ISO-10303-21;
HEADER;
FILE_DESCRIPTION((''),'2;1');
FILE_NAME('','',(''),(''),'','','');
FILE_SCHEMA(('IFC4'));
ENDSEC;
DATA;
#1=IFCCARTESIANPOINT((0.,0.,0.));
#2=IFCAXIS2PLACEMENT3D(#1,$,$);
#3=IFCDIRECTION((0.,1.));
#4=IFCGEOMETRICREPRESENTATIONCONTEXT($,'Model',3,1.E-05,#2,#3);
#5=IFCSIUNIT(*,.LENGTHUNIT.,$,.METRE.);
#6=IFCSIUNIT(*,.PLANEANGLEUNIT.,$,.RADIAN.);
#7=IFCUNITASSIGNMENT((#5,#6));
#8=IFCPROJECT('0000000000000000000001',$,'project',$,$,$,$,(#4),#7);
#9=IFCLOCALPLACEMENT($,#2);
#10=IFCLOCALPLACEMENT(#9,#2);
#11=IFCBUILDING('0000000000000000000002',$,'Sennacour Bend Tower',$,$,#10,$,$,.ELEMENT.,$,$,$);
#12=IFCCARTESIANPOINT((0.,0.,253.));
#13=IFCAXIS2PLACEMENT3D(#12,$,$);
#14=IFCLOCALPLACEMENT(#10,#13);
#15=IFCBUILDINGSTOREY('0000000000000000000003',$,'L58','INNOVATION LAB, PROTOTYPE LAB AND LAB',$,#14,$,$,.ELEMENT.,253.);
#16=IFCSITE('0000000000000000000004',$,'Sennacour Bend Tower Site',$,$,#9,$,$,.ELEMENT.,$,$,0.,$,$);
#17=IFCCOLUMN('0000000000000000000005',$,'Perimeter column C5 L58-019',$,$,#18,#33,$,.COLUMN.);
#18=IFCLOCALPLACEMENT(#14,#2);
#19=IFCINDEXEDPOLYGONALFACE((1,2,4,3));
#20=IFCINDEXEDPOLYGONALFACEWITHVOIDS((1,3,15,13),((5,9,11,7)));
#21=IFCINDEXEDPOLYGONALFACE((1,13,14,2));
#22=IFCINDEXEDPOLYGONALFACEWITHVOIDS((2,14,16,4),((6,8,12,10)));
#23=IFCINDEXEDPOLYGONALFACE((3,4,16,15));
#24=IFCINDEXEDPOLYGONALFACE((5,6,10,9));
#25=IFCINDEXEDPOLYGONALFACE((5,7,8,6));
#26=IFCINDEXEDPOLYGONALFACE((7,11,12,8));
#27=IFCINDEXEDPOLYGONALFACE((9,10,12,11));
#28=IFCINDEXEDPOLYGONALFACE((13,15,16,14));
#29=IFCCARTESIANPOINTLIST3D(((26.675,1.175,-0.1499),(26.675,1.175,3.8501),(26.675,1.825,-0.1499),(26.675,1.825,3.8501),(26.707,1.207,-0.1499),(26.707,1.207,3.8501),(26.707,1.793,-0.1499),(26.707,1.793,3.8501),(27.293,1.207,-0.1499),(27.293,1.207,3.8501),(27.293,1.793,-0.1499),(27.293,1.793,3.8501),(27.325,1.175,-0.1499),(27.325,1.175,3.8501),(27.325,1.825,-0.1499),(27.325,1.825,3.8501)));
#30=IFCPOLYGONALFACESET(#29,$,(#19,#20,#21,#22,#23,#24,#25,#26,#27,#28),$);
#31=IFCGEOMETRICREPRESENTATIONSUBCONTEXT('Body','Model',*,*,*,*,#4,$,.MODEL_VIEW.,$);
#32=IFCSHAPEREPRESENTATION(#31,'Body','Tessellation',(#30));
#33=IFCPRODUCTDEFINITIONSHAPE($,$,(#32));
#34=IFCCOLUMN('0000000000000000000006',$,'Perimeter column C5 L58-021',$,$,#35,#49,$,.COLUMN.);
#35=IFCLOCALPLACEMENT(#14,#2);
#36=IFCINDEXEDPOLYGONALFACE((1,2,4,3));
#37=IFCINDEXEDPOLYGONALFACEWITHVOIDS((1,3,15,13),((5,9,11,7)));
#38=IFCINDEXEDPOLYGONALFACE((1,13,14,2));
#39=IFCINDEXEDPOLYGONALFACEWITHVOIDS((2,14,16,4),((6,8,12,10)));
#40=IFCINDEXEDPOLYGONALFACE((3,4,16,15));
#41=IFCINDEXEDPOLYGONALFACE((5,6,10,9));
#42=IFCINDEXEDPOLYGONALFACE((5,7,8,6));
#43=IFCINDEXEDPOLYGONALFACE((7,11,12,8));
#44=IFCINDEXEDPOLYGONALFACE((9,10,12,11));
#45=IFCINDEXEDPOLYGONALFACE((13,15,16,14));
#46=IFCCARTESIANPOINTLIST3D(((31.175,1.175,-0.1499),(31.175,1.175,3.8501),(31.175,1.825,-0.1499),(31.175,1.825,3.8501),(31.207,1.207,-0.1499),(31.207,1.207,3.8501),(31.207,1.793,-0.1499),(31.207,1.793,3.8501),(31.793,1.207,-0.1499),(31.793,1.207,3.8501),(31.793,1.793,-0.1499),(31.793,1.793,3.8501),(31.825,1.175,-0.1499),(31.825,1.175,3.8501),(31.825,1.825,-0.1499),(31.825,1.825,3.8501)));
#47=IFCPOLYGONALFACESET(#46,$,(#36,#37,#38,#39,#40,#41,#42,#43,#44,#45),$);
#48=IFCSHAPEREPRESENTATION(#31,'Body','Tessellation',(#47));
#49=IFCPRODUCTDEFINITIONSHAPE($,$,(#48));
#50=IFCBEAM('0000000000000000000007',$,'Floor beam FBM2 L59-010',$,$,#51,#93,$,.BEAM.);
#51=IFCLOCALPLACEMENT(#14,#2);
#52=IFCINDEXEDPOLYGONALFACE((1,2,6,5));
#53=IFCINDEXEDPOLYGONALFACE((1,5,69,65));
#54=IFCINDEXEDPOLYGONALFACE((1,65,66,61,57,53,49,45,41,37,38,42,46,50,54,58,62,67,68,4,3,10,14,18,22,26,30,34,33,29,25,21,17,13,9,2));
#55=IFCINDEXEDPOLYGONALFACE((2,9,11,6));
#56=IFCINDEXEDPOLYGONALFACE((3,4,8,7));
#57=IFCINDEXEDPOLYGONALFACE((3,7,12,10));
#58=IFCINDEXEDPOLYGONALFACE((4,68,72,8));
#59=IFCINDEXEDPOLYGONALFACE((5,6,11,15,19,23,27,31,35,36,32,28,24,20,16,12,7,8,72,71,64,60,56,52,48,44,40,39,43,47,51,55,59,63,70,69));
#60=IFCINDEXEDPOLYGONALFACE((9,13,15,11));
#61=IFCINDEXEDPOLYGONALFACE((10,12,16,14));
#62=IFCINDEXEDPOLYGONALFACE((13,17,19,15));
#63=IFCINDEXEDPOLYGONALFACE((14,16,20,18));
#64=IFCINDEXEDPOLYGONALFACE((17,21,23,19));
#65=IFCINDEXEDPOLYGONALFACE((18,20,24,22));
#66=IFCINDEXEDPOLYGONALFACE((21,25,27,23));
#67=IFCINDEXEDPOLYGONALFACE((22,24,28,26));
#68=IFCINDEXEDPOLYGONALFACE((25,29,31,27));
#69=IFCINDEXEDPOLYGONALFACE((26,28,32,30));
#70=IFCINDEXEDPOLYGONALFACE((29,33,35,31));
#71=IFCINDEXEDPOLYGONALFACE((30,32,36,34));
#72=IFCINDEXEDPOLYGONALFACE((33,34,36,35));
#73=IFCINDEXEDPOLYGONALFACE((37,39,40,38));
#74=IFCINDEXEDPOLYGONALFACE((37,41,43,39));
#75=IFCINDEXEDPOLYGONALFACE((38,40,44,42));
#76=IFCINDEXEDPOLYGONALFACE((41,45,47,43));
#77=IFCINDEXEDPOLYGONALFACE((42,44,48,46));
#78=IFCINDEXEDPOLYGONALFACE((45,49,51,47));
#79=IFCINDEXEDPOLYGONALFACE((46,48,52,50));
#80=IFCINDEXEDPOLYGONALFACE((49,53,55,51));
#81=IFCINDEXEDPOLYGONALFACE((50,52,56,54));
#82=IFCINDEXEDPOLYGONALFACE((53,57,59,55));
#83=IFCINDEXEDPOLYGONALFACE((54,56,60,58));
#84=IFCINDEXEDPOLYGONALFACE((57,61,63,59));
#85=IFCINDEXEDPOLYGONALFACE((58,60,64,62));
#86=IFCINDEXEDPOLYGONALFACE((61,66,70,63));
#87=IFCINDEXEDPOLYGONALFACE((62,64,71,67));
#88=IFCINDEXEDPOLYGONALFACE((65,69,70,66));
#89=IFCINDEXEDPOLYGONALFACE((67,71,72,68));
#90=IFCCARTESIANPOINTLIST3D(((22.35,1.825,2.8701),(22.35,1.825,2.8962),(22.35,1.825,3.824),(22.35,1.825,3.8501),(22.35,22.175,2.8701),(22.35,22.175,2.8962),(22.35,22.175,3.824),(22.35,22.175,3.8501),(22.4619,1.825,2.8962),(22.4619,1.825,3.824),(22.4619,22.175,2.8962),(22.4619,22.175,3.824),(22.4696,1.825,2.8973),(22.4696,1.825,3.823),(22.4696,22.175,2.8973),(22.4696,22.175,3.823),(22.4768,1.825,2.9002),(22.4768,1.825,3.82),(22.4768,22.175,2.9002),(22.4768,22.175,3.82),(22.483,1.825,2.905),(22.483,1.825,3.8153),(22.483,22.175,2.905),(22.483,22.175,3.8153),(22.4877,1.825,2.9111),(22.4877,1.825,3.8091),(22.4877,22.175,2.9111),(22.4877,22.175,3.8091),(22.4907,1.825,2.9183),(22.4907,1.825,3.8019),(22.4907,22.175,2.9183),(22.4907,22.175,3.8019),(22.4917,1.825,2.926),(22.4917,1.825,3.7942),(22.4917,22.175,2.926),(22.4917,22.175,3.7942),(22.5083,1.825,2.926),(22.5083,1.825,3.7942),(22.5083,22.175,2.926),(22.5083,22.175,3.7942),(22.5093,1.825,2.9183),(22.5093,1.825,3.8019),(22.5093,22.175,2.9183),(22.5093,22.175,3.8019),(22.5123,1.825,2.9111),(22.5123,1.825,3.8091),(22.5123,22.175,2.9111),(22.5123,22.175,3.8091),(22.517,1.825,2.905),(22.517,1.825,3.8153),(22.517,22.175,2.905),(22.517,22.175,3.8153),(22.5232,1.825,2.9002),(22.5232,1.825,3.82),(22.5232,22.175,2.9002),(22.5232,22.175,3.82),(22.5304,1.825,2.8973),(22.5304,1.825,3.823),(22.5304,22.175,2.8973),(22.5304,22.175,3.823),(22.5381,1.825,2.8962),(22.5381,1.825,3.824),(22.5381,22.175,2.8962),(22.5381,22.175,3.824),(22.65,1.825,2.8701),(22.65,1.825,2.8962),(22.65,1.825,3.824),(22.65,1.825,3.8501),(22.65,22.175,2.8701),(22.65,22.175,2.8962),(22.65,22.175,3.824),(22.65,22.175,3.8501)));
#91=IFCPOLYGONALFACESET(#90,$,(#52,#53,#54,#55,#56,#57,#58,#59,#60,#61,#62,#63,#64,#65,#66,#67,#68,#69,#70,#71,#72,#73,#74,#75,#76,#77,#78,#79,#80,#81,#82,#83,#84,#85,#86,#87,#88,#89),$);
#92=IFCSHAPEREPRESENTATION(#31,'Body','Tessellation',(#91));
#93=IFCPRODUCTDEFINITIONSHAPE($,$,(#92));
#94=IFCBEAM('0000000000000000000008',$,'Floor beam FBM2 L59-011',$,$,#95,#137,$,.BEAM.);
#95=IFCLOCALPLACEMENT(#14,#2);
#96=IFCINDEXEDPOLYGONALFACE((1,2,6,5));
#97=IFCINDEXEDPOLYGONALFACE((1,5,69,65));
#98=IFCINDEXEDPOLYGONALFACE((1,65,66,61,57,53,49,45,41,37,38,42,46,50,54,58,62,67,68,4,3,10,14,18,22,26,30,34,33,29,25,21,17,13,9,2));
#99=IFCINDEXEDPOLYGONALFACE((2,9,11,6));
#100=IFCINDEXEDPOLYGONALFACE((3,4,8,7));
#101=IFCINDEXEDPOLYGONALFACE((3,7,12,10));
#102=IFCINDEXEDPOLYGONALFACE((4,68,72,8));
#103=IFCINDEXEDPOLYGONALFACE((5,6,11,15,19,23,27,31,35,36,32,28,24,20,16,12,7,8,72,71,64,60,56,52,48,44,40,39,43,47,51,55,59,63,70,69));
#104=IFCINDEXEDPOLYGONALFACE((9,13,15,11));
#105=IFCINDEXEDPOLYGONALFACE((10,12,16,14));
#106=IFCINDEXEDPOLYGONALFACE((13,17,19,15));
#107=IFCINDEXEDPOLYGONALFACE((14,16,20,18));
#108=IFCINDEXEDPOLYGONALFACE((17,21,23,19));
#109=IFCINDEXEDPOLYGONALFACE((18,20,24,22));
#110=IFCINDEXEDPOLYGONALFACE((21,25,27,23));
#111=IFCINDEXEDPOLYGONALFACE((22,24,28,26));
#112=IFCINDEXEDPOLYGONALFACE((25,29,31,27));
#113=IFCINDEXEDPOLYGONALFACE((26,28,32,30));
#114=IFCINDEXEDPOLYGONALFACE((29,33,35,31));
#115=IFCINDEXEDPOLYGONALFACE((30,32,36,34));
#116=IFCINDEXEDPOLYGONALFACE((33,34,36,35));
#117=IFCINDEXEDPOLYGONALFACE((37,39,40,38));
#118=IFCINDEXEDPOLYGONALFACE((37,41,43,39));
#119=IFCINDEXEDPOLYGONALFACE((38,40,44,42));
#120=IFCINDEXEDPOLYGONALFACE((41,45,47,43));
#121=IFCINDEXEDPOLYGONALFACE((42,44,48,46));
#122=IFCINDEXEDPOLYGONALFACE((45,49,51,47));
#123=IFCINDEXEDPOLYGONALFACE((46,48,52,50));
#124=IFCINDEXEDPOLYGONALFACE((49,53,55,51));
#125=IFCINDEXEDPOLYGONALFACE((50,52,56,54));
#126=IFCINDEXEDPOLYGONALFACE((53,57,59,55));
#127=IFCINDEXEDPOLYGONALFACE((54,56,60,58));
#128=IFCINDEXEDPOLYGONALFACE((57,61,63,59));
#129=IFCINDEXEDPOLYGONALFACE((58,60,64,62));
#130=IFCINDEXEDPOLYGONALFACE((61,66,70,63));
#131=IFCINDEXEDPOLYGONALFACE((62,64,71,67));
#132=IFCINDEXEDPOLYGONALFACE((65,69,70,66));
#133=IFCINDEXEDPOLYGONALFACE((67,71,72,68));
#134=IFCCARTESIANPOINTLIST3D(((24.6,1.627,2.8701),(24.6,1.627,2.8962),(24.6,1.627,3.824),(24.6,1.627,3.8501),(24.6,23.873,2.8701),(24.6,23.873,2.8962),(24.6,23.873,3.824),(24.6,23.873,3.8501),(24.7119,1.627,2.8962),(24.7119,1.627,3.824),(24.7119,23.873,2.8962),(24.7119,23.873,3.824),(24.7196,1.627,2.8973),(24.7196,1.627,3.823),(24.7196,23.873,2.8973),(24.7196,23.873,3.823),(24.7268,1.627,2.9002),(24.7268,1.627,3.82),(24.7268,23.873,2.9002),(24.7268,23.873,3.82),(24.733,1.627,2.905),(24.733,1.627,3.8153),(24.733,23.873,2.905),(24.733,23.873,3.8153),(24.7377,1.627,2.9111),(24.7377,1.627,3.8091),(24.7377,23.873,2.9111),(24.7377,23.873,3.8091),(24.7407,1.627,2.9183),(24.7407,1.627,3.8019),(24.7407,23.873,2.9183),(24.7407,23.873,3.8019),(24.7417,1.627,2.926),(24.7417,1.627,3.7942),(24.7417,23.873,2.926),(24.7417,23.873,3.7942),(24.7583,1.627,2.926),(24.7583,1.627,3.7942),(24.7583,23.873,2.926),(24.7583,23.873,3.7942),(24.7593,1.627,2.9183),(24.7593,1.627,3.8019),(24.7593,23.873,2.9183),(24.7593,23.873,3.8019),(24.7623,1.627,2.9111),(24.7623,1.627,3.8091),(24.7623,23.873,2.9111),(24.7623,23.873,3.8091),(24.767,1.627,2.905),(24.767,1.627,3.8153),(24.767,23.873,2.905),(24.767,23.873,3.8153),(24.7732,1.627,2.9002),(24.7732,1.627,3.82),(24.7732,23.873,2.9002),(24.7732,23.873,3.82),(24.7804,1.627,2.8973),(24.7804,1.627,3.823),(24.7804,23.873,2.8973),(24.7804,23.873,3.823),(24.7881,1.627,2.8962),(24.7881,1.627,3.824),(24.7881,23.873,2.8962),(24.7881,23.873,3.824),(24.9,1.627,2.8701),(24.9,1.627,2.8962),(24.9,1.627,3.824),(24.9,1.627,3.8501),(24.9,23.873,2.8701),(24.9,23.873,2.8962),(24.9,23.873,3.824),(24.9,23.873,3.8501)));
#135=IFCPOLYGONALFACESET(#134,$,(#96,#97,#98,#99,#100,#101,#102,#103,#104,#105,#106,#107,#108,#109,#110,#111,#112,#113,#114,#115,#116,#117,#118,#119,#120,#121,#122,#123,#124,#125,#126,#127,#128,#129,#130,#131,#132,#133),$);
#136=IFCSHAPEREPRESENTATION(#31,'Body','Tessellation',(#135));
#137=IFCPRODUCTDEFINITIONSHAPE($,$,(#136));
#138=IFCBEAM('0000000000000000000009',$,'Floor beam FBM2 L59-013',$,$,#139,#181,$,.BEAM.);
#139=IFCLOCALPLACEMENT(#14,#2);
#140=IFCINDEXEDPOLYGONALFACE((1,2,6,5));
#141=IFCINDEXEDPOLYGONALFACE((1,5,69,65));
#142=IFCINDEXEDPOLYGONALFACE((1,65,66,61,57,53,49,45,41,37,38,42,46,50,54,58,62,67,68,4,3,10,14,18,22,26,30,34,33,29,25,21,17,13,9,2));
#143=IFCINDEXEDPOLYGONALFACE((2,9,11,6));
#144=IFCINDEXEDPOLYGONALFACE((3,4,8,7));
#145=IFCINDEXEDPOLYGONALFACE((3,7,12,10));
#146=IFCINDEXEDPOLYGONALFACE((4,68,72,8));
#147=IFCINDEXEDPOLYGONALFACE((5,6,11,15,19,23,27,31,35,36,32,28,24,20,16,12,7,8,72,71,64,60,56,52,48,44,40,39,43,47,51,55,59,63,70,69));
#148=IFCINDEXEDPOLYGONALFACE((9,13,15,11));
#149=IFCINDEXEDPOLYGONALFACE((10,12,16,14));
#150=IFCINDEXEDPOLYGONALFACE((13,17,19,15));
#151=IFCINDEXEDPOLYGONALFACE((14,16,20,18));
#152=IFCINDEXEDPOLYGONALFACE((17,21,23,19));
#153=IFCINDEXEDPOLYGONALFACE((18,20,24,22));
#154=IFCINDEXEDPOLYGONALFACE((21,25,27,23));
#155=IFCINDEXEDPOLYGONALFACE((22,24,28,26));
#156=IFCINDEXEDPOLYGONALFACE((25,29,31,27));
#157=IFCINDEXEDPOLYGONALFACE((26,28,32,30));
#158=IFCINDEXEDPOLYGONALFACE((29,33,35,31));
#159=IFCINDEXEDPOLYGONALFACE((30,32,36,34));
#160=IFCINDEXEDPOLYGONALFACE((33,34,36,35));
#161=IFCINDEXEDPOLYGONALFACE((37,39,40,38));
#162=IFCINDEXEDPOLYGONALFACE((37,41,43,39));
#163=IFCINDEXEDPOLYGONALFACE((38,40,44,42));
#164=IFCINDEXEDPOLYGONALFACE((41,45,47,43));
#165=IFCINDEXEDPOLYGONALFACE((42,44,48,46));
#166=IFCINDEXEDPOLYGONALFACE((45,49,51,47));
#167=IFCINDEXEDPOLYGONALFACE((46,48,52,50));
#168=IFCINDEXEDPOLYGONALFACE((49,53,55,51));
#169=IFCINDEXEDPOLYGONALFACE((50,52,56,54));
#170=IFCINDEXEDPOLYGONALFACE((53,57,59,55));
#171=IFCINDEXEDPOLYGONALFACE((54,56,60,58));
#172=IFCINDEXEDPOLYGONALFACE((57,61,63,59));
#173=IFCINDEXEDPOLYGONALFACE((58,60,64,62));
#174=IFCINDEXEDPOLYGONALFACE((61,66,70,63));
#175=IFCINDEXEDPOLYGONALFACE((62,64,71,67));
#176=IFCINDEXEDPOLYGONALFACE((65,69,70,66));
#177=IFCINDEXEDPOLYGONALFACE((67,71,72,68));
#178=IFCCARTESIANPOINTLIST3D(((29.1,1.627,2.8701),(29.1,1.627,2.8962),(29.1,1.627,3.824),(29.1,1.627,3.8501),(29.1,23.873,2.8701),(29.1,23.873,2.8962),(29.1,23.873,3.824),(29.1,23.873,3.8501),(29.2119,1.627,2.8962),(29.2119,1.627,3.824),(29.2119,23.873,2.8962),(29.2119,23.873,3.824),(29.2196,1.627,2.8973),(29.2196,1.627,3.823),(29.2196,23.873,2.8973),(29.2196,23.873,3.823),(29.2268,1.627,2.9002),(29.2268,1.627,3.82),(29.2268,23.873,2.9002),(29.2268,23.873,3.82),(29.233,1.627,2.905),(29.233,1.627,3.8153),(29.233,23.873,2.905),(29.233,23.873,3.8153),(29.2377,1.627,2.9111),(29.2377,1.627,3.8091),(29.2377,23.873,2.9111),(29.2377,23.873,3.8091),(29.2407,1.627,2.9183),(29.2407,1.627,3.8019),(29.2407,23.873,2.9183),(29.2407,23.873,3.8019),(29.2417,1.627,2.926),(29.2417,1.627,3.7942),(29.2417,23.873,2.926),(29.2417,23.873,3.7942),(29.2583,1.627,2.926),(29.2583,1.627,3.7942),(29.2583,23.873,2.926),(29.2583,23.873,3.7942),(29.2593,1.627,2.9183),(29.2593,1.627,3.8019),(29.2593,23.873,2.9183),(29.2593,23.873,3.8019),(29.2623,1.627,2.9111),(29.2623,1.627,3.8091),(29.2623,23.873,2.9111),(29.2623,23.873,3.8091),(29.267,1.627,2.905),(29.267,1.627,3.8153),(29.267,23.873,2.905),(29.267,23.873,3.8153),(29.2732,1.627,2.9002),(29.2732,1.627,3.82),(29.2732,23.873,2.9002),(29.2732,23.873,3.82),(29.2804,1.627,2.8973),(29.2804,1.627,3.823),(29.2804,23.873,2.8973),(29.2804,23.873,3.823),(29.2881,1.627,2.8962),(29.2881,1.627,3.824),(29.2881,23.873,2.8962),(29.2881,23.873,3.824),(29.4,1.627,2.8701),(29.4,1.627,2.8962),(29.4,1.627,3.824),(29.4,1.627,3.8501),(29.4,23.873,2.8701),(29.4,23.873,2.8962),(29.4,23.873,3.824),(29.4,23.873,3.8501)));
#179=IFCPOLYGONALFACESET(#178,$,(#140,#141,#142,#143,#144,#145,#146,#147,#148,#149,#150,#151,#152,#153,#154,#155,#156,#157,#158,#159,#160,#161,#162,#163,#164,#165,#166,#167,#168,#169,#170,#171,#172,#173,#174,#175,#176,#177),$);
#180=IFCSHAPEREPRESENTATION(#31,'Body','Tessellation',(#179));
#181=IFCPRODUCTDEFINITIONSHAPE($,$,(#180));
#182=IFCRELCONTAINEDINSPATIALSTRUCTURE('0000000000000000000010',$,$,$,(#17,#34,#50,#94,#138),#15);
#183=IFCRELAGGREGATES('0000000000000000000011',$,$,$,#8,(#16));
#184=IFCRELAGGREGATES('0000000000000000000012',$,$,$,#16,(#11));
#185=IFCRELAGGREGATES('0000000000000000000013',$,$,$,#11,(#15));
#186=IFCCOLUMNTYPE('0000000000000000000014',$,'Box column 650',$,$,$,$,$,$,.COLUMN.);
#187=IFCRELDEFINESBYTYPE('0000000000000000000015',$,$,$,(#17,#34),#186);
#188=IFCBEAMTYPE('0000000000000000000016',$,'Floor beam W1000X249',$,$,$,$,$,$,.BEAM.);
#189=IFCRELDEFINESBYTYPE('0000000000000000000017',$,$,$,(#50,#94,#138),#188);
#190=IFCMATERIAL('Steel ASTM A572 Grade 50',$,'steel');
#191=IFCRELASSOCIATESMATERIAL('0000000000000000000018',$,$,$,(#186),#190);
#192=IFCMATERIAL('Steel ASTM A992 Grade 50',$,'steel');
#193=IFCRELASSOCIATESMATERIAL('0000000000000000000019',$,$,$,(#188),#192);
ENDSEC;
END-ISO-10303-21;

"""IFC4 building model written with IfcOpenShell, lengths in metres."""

from ifc_helpers import new_model, si_unit, direction, frame, origin, origin_2d, place, context, subcontext, project, spatial, hollow_rectangle, i_section, extrude, material, material_profile, profile_set, type_object, element, save


model = new_model("IFC4")

# Units and contexts
model_context = context("Model", 3, precision=1e-05, world=origin(), true_north=direction((0.0, 1.0)))
body_context = subcontext(model_context, "Body", "Model", "MODEL_VIEW")
ifc_project = project(units=[si_unit("LENGTHUNIT", "METRE"), si_unit("PLANEANGLEUNIT", "RADIAN")], contexts=[model_context])

# Site, building, storey
site_placement = place(None, origin())
site = spatial("IfcSite", under=ifc_project, at=site_placement, Name="Sennacour Bend Tower Site", CompositionType="ELEMENT", RefElevation=0.0)
building_placement = place(site_placement, origin())
building = spatial("IfcBuilding", under=site, at=building_placement, Name="Sennacour Bend Tower", CompositionType="ELEMENT")
storey_placement = place(building_placement, frame((0.0, 0.0, 253.0)))
storey = spatial("IfcBuildingStorey", under=building, at=storey_placement, Name="L58", Description="INNOVATION LAB, PROTOTYPE LAB AND LAB", CompositionType="ELEMENT", Elevation=253.0)

# Columns
ifc_material_1 = material(Name="Steel ASTM A572 Grade 50", Category="steel")
ifc_material_profile_1 = material_profile(ifc_material_1, hollow_rectangle(XDim=0.6499, YDim=0.6499, WallThickness=0.032, at=origin_2d()), Name="Steel ASTM A572 Grade 50", Category="steel")
ifc_profile_set_1 = profile_set([ifc_material_profile_1], Name="Steel ASTM A572 Grade 50")
column_type = type_object("IfcColumnType", Name="Box column 650", PredefinedType="COLUMN", material=ifc_profile_set_1)
for number, where, z_axis, x_axis, name in (
    (1, (27.0, 1.5, -0.1499), (0.0, 0.0, 1.0), (1.0, 0.0, 0.0), "Perimeter column C5 L58-019"),
    (2, (31.5, 1.5, -0.1499), (0.0, 0.0, 1.0), (1.0, 0.0, 0.0), "Perimeter column C5 L58-021"),
):
    element("IfcColumn", number, at=place(storey_placement, frame(where, z_axis=z_axis, x_axis=x_axis)), inside=storey, type_object=column_type, Name=name, PredefinedType="COLUMN", context=body_context, shape_type="SweptSolid", body=[
        extrude(hollow_rectangle(XDim=0.6499, YDim=0.6499, WallThickness=0.032, at=origin_2d()), origin(), (0.0, 0.0, 1.0), 4.0),
    ])

# Beams
ifc_material_2 = material(Name="Steel ASTM A992 Grade 50", Category="steel")
ifc_material_profile_2 = material_profile(ifc_material_2, i_section(OverallWidth=0.3, OverallDepth=0.98, WebThickness=0.0166, FlangeThickness=0.0261, FilletRadius=0.0298, at=origin_2d()), Name="Steel ASTM A992 Grade 50", Category="steel")
ifc_profile_set_2 = profile_set([ifc_material_profile_2], Name="Steel ASTM A992 Grade 50")
beam_type_1 = type_object("IfcBeamType", Name="Floor beam W1000X249", PredefinedType="BEAM", material=ifc_profile_set_2)
beam_placement = place(storey_placement, frame((22.5, 1.825, 3.3601), z_axis=(0.0, 1.0, 0.0), x_axis=(-1.0, 0.0, 0.0)))
element("IfcBeam", 3, at=beam_placement, inside=storey, type_object=beam_type_1, Name="Floor beam FBM2 L59-010", PredefinedType="BEAM", context=body_context, shape_type="SweptSolid", body=[
    extrude(i_section(OverallWidth=0.3, OverallDepth=0.98, WebThickness=0.0166, FlangeThickness=0.0261, FilletRadius=0.0298, at=origin_2d()), origin(), (0.0, 0.0, 1.0), 20.3501),
])
for number, where, z_axis, x_axis, name in (
    (4, (24.75, 1.627, 3.3601), (0.0, 1.0, 0.0), (-1.0, 0.0, 0.0), "Floor beam FBM2 L59-011"),
    (5, (29.25, 1.627, 3.3601), (0.0, 1.0, 0.0), (-1.0, 0.0, 0.0), "Floor beam FBM2 L59-013"),
):
    element("IfcBeam", number, at=place(storey_placement, frame(where, z_axis=z_axis, x_axis=x_axis)), inside=storey, type_object=beam_type_1, Name=name, PredefinedType="BEAM", context=body_context, shape_type="SweptSolid", body=[
        extrude(i_section(OverallWidth=0.3, OverallDepth=0.98, WebThickness=0.0166, FlangeThickness=0.0261, FilletRadius=0.0298, at=origin_2d()), origin(), (0.0, 0.0, 1.0), 22.2461),
    ])

save(model, "model.ifc")
